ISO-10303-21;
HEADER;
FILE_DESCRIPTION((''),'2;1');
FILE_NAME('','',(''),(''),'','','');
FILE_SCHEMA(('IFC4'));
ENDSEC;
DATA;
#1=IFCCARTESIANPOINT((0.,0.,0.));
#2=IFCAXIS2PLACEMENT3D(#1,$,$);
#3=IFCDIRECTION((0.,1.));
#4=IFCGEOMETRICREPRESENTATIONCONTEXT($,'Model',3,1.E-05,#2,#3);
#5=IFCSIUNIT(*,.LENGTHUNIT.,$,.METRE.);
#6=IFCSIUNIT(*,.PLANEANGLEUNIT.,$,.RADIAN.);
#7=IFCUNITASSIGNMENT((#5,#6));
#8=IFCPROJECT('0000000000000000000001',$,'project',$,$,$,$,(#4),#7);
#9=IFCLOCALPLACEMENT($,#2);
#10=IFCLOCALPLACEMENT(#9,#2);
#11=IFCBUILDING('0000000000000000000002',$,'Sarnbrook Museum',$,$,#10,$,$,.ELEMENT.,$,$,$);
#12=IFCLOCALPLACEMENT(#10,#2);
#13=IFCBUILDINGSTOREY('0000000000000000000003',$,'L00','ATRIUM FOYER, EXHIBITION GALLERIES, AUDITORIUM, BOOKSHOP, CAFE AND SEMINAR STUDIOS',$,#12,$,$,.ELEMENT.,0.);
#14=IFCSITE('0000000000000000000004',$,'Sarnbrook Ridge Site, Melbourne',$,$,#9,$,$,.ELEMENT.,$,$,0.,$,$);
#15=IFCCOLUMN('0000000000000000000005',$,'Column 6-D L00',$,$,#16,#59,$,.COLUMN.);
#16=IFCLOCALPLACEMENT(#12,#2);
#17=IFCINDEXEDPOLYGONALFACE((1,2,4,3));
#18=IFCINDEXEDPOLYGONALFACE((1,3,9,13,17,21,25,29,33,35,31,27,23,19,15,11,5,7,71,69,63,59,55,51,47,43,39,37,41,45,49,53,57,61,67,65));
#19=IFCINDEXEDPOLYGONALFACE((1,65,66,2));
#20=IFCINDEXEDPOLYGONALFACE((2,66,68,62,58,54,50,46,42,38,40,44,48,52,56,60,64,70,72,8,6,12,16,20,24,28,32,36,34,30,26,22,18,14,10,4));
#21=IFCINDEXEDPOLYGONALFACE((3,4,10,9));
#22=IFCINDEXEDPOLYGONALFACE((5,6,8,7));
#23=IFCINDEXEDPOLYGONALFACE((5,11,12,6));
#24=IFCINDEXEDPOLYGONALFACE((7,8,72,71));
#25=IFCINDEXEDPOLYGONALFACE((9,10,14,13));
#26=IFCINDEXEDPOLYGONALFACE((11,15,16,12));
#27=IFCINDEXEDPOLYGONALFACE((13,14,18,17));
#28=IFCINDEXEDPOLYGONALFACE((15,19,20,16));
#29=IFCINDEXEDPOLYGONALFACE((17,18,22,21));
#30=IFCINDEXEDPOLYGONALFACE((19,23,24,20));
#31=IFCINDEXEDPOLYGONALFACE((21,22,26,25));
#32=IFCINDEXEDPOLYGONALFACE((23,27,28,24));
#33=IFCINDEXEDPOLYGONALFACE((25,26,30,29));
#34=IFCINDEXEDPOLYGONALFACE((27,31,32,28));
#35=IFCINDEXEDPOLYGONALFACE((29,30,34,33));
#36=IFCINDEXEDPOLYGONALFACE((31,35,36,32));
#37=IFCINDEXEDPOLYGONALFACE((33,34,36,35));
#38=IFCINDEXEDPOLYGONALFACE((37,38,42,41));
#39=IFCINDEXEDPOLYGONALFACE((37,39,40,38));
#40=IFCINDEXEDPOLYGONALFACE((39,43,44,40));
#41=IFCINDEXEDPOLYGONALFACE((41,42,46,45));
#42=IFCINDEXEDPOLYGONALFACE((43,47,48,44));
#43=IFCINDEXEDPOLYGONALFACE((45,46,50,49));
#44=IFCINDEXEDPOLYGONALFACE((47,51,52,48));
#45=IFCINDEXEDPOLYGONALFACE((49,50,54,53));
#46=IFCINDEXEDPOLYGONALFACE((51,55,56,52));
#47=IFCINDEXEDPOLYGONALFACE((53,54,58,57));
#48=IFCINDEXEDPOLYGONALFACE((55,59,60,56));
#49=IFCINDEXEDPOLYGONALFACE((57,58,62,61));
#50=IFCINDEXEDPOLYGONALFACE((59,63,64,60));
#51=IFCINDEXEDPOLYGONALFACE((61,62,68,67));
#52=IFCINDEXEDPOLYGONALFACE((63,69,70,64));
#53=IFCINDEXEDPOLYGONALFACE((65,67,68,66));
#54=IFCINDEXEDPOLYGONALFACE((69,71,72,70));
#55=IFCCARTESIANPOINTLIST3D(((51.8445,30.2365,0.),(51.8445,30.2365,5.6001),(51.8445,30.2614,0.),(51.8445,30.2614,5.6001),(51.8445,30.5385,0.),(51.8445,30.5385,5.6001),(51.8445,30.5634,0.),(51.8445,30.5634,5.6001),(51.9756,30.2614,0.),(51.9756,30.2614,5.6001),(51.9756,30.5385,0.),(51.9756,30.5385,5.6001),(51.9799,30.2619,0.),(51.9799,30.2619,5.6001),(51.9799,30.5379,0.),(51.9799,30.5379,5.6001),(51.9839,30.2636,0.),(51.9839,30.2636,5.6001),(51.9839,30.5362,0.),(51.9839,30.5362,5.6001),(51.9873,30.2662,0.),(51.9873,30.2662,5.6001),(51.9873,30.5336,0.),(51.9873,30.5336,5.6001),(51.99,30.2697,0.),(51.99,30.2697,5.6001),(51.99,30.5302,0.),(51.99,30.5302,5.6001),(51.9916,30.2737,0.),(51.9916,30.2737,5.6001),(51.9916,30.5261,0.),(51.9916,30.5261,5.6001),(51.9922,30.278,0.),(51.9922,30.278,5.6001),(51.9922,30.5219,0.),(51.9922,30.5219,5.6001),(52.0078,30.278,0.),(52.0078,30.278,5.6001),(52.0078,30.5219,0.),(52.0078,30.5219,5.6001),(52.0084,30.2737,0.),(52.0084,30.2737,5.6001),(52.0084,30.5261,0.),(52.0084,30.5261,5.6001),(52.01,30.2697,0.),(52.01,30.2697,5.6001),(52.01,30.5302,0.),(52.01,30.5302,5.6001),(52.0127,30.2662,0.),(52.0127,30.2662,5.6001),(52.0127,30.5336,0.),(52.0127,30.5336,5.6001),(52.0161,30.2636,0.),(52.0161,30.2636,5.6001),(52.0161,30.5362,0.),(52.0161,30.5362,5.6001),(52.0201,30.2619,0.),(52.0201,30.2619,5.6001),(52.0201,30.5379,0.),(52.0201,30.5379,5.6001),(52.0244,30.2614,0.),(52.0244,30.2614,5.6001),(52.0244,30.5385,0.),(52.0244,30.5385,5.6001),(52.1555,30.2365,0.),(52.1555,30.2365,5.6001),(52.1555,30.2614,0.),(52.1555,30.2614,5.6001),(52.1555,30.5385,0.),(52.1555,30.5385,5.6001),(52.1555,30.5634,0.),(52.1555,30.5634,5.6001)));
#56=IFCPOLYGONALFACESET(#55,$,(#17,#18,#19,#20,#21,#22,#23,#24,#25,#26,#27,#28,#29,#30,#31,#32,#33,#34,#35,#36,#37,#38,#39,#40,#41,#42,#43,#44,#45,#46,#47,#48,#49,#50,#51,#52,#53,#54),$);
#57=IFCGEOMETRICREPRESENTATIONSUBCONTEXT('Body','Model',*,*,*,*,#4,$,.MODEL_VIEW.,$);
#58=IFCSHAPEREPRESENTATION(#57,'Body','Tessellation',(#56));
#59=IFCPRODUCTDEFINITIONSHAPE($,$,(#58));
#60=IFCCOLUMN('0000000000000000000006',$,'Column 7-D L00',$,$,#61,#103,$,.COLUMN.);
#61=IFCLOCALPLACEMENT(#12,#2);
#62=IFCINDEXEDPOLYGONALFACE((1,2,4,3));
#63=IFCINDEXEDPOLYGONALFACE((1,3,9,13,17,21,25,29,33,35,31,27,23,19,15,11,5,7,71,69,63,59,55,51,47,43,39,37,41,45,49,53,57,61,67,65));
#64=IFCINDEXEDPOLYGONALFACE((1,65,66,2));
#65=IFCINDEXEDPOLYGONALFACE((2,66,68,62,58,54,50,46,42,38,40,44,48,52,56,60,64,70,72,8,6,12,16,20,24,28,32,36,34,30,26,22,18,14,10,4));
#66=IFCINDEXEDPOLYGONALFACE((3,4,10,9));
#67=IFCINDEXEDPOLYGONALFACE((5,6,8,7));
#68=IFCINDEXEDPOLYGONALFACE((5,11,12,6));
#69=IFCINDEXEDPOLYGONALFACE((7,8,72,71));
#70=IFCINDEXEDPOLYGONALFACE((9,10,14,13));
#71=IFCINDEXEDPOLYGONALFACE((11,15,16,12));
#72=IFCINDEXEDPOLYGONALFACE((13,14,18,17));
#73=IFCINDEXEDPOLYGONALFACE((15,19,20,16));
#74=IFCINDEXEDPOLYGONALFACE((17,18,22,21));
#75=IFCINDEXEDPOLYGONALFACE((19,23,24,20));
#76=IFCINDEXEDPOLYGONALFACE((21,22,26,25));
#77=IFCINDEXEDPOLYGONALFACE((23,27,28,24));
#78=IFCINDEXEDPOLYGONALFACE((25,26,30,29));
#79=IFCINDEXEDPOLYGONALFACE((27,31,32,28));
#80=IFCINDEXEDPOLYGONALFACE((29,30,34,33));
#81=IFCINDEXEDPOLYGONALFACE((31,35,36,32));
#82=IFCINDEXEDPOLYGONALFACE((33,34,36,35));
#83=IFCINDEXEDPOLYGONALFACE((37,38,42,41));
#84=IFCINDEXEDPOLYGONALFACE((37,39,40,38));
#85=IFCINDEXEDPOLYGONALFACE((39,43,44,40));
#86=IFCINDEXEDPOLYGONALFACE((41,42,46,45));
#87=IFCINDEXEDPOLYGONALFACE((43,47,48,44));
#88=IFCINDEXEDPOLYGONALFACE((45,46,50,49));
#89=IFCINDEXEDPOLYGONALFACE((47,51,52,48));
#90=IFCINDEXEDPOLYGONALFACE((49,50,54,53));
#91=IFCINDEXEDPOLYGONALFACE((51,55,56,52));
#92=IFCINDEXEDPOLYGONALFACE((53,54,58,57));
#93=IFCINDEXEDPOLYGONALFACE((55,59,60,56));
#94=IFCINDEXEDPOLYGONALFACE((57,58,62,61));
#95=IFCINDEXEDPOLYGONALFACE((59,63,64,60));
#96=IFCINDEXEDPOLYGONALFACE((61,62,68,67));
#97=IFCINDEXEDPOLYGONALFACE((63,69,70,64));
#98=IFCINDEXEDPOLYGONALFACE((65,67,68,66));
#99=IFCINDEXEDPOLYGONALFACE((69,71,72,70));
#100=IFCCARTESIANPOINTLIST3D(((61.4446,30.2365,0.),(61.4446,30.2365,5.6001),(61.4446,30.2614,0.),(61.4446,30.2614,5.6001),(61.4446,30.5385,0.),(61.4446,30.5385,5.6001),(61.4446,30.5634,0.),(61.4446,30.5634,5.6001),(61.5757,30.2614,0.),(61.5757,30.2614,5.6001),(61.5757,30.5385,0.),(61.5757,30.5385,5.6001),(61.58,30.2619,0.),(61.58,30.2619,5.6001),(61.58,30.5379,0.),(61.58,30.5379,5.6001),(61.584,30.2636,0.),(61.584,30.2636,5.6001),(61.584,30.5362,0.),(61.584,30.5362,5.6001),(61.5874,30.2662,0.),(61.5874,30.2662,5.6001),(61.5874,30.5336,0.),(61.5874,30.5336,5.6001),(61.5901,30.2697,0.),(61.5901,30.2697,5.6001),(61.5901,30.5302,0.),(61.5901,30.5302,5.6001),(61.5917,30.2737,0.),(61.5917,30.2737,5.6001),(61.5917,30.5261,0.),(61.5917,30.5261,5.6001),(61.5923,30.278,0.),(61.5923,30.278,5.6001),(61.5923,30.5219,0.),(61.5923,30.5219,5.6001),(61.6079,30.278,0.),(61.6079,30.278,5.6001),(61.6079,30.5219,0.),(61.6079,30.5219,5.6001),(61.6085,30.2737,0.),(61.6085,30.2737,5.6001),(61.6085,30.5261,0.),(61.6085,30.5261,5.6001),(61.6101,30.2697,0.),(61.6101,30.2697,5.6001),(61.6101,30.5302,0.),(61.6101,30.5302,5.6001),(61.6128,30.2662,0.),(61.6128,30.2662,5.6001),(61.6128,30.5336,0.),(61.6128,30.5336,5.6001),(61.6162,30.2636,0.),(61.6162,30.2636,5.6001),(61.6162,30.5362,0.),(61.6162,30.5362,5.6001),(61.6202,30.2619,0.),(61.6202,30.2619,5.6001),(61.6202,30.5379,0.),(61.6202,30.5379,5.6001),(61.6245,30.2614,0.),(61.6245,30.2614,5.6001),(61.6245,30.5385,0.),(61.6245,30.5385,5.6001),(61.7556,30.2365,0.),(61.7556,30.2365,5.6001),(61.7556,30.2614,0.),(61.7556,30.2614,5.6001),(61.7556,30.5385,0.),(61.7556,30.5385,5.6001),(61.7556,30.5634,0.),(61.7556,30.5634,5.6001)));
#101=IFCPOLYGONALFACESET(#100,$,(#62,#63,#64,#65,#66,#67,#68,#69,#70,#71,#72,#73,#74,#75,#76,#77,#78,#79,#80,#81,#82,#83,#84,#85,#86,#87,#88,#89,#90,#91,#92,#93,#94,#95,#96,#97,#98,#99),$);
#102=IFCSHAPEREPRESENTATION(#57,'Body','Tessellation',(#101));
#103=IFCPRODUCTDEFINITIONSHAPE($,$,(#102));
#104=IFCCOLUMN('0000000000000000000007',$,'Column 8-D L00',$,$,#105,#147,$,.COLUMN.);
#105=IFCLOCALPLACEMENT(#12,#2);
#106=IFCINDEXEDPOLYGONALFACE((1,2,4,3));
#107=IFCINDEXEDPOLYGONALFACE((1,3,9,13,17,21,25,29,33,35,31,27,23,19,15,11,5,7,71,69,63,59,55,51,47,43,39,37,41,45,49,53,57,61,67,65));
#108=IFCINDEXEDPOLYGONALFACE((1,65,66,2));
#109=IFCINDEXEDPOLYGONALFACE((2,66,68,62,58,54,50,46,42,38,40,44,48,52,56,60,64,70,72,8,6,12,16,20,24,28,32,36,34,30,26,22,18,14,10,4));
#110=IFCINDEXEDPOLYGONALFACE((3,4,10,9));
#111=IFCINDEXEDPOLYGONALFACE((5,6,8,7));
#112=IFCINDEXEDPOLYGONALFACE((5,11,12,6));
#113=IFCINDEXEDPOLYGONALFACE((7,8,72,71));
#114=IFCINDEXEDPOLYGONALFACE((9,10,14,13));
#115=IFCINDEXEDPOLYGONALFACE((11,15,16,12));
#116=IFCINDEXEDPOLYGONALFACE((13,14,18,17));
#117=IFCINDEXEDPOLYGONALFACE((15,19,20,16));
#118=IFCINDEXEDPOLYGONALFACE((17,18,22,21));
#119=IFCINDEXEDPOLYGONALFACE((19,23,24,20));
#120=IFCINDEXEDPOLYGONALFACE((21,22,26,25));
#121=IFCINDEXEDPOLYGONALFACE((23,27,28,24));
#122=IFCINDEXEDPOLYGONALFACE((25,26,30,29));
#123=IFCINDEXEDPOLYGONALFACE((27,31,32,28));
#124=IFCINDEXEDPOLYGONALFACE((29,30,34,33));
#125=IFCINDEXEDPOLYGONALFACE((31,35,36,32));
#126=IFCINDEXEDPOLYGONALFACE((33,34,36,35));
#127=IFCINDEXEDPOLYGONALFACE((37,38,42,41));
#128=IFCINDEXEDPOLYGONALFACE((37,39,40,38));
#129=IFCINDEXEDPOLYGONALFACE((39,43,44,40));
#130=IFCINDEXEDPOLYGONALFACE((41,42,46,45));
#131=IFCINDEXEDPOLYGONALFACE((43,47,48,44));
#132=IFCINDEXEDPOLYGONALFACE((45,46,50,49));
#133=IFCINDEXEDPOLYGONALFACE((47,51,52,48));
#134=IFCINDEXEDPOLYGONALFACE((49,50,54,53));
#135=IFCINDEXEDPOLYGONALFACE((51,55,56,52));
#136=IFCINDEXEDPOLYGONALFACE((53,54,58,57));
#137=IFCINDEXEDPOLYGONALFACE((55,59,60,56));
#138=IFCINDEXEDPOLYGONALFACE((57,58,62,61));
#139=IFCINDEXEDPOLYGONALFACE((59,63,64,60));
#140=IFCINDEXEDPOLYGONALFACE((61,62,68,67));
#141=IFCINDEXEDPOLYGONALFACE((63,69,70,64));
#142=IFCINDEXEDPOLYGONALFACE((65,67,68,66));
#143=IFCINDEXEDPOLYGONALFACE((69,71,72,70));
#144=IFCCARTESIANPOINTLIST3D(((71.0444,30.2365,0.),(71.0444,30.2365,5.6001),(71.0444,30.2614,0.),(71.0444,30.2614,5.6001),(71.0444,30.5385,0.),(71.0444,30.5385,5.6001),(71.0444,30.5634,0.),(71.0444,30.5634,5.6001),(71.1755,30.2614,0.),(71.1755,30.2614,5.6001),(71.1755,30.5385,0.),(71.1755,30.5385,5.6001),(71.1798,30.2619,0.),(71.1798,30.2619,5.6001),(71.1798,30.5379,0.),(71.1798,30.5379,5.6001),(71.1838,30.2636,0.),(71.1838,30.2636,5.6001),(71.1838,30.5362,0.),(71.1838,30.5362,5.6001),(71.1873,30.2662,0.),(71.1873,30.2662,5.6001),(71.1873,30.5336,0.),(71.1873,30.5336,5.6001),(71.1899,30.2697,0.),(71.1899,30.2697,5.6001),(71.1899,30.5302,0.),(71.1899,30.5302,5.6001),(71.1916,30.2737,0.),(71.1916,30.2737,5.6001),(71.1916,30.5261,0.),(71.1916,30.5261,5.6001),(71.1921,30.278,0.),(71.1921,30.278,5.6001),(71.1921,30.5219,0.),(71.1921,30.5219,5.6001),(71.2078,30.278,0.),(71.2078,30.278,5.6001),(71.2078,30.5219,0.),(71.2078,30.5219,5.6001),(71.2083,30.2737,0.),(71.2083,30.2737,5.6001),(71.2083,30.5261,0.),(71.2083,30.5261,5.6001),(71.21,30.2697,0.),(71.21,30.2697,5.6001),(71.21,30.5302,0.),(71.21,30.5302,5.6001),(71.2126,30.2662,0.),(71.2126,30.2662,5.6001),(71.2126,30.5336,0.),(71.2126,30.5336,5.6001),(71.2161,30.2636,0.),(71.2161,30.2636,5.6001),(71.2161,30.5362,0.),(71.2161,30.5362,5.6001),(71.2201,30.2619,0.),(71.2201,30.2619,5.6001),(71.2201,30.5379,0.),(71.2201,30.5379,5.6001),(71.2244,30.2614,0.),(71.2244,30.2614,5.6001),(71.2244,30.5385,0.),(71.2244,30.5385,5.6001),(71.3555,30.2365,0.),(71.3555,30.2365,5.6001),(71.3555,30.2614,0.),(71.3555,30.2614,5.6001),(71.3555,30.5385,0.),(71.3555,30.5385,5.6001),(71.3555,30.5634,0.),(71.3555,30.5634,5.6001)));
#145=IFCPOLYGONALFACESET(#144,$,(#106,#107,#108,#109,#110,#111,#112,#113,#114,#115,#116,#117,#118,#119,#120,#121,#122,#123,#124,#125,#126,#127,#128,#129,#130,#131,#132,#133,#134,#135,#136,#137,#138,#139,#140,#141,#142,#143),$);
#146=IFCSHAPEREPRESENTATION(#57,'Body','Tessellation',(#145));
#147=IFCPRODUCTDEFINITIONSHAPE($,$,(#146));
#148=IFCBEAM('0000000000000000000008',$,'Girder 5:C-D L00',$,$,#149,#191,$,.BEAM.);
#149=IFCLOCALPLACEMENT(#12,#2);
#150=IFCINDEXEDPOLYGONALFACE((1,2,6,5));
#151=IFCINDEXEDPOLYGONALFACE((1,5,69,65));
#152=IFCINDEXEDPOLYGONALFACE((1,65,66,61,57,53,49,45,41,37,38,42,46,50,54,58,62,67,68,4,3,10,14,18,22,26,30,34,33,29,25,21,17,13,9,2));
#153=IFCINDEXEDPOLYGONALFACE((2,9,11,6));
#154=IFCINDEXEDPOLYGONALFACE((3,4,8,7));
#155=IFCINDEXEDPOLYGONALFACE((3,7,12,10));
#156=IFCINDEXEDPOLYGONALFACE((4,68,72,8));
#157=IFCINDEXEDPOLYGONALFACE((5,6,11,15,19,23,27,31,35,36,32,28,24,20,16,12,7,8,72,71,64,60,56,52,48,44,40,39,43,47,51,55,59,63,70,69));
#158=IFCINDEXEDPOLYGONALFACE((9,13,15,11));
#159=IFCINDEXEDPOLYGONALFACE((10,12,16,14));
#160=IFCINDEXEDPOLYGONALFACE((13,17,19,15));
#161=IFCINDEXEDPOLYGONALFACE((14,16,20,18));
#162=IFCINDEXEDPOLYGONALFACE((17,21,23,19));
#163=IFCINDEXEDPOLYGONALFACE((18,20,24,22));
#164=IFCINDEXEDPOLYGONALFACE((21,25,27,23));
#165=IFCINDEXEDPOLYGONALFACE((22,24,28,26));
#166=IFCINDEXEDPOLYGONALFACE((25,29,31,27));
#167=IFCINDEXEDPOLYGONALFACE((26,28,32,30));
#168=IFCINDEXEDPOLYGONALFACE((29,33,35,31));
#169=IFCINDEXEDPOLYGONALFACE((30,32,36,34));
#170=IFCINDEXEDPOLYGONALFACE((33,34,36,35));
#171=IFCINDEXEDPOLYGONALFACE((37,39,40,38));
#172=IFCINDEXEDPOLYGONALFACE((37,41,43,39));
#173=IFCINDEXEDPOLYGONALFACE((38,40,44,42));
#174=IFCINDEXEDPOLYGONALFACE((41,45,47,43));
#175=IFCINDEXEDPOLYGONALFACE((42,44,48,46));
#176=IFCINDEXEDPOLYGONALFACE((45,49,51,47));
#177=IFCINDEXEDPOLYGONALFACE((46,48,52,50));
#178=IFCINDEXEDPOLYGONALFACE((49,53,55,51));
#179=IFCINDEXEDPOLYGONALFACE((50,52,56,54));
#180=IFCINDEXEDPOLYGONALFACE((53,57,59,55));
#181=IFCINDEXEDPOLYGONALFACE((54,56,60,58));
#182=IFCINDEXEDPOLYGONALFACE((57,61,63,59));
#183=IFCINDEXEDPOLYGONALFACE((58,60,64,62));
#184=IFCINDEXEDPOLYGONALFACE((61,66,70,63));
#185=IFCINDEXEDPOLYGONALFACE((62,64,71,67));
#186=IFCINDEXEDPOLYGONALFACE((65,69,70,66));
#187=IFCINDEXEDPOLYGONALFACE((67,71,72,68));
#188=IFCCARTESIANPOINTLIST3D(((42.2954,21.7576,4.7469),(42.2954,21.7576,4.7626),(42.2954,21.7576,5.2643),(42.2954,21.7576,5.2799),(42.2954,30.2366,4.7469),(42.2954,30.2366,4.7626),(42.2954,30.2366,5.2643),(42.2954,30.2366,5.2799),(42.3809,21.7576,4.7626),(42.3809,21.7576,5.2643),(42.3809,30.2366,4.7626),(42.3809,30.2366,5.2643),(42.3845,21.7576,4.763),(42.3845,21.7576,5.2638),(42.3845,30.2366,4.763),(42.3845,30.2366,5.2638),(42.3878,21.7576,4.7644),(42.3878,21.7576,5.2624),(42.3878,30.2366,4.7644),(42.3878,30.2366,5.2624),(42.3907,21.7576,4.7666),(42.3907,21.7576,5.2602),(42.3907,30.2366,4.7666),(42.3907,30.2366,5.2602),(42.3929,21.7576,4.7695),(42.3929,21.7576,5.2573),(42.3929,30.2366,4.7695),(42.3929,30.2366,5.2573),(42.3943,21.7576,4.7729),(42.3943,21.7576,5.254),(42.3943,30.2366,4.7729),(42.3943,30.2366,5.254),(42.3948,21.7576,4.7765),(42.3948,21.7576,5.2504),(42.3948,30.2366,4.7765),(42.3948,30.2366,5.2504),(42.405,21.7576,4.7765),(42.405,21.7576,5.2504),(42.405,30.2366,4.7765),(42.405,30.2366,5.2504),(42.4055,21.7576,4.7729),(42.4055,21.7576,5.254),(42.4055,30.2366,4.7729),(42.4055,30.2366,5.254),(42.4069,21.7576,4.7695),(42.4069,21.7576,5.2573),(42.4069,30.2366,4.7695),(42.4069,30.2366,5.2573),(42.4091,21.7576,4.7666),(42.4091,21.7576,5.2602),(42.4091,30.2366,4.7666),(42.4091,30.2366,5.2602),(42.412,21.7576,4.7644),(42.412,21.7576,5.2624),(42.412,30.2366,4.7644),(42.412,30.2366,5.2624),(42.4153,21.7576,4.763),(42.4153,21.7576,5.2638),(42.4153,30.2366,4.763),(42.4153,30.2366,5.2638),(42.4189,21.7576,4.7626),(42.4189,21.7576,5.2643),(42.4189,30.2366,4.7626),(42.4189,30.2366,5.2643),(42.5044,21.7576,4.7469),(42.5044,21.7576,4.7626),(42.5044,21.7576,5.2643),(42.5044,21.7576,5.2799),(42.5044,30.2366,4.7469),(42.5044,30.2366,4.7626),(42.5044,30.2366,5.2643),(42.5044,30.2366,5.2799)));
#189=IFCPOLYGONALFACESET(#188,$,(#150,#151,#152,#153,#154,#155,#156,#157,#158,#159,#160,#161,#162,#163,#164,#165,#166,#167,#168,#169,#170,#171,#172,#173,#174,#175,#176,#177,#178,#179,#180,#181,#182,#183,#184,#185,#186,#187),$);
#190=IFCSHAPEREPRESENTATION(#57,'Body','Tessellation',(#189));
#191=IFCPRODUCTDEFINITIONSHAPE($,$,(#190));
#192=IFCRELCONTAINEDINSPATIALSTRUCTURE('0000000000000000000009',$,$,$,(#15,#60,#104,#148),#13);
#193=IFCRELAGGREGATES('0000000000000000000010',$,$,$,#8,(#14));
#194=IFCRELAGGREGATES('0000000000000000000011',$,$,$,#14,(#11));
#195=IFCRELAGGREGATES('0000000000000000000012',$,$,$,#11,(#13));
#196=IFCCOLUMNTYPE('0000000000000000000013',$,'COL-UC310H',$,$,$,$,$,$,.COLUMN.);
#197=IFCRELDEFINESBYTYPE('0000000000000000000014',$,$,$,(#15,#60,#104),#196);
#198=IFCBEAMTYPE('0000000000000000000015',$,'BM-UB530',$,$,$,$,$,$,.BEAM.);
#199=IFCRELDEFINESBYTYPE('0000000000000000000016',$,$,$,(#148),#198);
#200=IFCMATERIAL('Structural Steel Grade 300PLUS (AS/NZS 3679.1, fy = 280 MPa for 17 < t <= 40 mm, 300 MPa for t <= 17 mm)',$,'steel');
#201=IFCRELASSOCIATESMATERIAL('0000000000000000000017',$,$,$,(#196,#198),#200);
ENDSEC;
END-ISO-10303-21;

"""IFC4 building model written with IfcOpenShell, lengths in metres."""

from ifc_helpers import new_model, si_unit, direction, frame, origin, origin_2d, place, context, subcontext, project, spatial, i_section, extrude, material, material_profile, profile_set, type_object, element, save


model = new_model("IFC4")

# Units and contexts
model_context = context("Model", 3, precision=1e-05, world=origin(), true_north=direction((0.0, 1.0)))
body_context = subcontext(model_context, "Body", "Model", "MODEL_VIEW")
ifc_project = project(units=[si_unit("LENGTHUNIT", "METRE"), si_unit("PLANEANGLEUNIT", "RADIAN")], contexts=[model_context])

# Site, building, storey
site_placement = place(None, origin())
site = spatial("IfcSite", under=ifc_project, at=site_placement, Name="Sarnbrook Ridge Site, Melbourne", CompositionType="ELEMENT", RefElevation=0.0)
building_placement = place(site_placement, origin())
building = spatial("IfcBuilding", under=site, at=building_placement, Name="Sarnbrook Museum", CompositionType="ELEMENT")
storey_placement = place(building_placement, origin())
storey = spatial("IfcBuildingStorey", under=building, at=storey_placement, Name="L00", Description="ATRIUM FOYER, EXHIBITION GALLERIES, AUDITORIUM, BOOKSHOP, CAFE AND SEMINAR STUDIOS", CompositionType="ELEMENT", Elevation=0.0)

# Columns
ifc_material_1 = material(Name="Structural Steel Grade 300PLUS (AS/NZS 3679.1, fy = 280 MPa for 17 < t <= 40 mm, 300 MPa for t <= 17 mm)", Category="steel")
ifc_material_profile_1 = material_profile(ifc_material_1, i_section(OverallWidth=0.311, OverallDepth=0.3269, WebThickness=0.0156, FlangeThickness=0.0249, FilletRadius=0.0166, at=origin_2d()), Name="310UC158")
ifc_profile_set_1 = profile_set([ifc_material_profile_1], Name="Structural Steel Grade 300PLUS (AS/NZS 3679.1, fy = 280 MPa for 17 < t <= 40 mm, 300 MPa for t <= 17 mm)")
column_type = type_object("IfcColumnType", Name="COL-UC310H", PredefinedType="COLUMN", material=ifc_profile_set_1)
for number, where, z_axis, x_axis, name in (
    (1, (52.0, 30.3999, 0.0), (0.0, 0.0, 1.0), (1.0, 0.0, 0.0), "Column 6-D L00"),
    (2, (61.6001, 30.3999, 0.0), (0.0, 0.0, 1.0), (1.0, 0.0, 0.0), "Column 7-D L00"),
    (3, (71.2, 30.3999, 0.0), (0.0, 0.0, 1.0), (1.0, 0.0, 0.0), "Column 8-D L00"),
):
    element("IfcColumn", number, at=place(storey_placement, frame(where, z_axis=z_axis, x_axis=x_axis)), inside=storey, type_object=column_type, Name=name, PredefinedType="COLUMN", context=body_context, shape_type="SweptSolid", body=[
        extrude(i_section(OverallWidth=0.311, OverallDepth=0.3269, WebThickness=0.0156, FlangeThickness=0.0249, FilletRadius=0.0166, at=origin_2d()), origin(), (0.0, 0.0, 1.0), 5.6001),
    ])

# Beam
ifc_material_profile_2 = material_profile(ifc_material_1, i_section(OverallWidth=0.209, OverallDepth=0.533, WebThickness=0.0103, FlangeThickness=0.0156, FilletRadius=0.0139, at=origin_2d()), Name="530UB92.4")
ifc_profile_set_2 = profile_set([ifc_material_profile_2], Name="Structural Steel Grade 300PLUS (AS/NZS 3679.1, fy = 280 MPa for 17 < t <= 40 mm, 300 MPa for t <= 17 mm)")
beam_type_1 = type_object("IfcBeamType", Name="BM-UB530", PredefinedType="BEAM", material=ifc_profile_set_2)
beam_1_placement = place(storey_placement, frame((42.3999, 21.7576, 5.0134), z_axis=(0.0, 1.0, 0.0), x_axis=(-1.0, 0.0, 0.0)))
element("IfcBeam", 4, at=beam_1_placement, inside=storey, type_object=beam_type_1, Name="Girder 5:C-D L00", PredefinedType="BEAM", context=body_context, shape_type="SweptSolid", body=[
    extrude(i_section(OverallWidth=0.209, OverallDepth=0.533, WebThickness=0.0103, FlangeThickness=0.0156, FilletRadius=0.0139, at=origin_2d()), origin(), (0.0, 0.0, 1.0), 8.479),
])

save(model, "model.ifc")
